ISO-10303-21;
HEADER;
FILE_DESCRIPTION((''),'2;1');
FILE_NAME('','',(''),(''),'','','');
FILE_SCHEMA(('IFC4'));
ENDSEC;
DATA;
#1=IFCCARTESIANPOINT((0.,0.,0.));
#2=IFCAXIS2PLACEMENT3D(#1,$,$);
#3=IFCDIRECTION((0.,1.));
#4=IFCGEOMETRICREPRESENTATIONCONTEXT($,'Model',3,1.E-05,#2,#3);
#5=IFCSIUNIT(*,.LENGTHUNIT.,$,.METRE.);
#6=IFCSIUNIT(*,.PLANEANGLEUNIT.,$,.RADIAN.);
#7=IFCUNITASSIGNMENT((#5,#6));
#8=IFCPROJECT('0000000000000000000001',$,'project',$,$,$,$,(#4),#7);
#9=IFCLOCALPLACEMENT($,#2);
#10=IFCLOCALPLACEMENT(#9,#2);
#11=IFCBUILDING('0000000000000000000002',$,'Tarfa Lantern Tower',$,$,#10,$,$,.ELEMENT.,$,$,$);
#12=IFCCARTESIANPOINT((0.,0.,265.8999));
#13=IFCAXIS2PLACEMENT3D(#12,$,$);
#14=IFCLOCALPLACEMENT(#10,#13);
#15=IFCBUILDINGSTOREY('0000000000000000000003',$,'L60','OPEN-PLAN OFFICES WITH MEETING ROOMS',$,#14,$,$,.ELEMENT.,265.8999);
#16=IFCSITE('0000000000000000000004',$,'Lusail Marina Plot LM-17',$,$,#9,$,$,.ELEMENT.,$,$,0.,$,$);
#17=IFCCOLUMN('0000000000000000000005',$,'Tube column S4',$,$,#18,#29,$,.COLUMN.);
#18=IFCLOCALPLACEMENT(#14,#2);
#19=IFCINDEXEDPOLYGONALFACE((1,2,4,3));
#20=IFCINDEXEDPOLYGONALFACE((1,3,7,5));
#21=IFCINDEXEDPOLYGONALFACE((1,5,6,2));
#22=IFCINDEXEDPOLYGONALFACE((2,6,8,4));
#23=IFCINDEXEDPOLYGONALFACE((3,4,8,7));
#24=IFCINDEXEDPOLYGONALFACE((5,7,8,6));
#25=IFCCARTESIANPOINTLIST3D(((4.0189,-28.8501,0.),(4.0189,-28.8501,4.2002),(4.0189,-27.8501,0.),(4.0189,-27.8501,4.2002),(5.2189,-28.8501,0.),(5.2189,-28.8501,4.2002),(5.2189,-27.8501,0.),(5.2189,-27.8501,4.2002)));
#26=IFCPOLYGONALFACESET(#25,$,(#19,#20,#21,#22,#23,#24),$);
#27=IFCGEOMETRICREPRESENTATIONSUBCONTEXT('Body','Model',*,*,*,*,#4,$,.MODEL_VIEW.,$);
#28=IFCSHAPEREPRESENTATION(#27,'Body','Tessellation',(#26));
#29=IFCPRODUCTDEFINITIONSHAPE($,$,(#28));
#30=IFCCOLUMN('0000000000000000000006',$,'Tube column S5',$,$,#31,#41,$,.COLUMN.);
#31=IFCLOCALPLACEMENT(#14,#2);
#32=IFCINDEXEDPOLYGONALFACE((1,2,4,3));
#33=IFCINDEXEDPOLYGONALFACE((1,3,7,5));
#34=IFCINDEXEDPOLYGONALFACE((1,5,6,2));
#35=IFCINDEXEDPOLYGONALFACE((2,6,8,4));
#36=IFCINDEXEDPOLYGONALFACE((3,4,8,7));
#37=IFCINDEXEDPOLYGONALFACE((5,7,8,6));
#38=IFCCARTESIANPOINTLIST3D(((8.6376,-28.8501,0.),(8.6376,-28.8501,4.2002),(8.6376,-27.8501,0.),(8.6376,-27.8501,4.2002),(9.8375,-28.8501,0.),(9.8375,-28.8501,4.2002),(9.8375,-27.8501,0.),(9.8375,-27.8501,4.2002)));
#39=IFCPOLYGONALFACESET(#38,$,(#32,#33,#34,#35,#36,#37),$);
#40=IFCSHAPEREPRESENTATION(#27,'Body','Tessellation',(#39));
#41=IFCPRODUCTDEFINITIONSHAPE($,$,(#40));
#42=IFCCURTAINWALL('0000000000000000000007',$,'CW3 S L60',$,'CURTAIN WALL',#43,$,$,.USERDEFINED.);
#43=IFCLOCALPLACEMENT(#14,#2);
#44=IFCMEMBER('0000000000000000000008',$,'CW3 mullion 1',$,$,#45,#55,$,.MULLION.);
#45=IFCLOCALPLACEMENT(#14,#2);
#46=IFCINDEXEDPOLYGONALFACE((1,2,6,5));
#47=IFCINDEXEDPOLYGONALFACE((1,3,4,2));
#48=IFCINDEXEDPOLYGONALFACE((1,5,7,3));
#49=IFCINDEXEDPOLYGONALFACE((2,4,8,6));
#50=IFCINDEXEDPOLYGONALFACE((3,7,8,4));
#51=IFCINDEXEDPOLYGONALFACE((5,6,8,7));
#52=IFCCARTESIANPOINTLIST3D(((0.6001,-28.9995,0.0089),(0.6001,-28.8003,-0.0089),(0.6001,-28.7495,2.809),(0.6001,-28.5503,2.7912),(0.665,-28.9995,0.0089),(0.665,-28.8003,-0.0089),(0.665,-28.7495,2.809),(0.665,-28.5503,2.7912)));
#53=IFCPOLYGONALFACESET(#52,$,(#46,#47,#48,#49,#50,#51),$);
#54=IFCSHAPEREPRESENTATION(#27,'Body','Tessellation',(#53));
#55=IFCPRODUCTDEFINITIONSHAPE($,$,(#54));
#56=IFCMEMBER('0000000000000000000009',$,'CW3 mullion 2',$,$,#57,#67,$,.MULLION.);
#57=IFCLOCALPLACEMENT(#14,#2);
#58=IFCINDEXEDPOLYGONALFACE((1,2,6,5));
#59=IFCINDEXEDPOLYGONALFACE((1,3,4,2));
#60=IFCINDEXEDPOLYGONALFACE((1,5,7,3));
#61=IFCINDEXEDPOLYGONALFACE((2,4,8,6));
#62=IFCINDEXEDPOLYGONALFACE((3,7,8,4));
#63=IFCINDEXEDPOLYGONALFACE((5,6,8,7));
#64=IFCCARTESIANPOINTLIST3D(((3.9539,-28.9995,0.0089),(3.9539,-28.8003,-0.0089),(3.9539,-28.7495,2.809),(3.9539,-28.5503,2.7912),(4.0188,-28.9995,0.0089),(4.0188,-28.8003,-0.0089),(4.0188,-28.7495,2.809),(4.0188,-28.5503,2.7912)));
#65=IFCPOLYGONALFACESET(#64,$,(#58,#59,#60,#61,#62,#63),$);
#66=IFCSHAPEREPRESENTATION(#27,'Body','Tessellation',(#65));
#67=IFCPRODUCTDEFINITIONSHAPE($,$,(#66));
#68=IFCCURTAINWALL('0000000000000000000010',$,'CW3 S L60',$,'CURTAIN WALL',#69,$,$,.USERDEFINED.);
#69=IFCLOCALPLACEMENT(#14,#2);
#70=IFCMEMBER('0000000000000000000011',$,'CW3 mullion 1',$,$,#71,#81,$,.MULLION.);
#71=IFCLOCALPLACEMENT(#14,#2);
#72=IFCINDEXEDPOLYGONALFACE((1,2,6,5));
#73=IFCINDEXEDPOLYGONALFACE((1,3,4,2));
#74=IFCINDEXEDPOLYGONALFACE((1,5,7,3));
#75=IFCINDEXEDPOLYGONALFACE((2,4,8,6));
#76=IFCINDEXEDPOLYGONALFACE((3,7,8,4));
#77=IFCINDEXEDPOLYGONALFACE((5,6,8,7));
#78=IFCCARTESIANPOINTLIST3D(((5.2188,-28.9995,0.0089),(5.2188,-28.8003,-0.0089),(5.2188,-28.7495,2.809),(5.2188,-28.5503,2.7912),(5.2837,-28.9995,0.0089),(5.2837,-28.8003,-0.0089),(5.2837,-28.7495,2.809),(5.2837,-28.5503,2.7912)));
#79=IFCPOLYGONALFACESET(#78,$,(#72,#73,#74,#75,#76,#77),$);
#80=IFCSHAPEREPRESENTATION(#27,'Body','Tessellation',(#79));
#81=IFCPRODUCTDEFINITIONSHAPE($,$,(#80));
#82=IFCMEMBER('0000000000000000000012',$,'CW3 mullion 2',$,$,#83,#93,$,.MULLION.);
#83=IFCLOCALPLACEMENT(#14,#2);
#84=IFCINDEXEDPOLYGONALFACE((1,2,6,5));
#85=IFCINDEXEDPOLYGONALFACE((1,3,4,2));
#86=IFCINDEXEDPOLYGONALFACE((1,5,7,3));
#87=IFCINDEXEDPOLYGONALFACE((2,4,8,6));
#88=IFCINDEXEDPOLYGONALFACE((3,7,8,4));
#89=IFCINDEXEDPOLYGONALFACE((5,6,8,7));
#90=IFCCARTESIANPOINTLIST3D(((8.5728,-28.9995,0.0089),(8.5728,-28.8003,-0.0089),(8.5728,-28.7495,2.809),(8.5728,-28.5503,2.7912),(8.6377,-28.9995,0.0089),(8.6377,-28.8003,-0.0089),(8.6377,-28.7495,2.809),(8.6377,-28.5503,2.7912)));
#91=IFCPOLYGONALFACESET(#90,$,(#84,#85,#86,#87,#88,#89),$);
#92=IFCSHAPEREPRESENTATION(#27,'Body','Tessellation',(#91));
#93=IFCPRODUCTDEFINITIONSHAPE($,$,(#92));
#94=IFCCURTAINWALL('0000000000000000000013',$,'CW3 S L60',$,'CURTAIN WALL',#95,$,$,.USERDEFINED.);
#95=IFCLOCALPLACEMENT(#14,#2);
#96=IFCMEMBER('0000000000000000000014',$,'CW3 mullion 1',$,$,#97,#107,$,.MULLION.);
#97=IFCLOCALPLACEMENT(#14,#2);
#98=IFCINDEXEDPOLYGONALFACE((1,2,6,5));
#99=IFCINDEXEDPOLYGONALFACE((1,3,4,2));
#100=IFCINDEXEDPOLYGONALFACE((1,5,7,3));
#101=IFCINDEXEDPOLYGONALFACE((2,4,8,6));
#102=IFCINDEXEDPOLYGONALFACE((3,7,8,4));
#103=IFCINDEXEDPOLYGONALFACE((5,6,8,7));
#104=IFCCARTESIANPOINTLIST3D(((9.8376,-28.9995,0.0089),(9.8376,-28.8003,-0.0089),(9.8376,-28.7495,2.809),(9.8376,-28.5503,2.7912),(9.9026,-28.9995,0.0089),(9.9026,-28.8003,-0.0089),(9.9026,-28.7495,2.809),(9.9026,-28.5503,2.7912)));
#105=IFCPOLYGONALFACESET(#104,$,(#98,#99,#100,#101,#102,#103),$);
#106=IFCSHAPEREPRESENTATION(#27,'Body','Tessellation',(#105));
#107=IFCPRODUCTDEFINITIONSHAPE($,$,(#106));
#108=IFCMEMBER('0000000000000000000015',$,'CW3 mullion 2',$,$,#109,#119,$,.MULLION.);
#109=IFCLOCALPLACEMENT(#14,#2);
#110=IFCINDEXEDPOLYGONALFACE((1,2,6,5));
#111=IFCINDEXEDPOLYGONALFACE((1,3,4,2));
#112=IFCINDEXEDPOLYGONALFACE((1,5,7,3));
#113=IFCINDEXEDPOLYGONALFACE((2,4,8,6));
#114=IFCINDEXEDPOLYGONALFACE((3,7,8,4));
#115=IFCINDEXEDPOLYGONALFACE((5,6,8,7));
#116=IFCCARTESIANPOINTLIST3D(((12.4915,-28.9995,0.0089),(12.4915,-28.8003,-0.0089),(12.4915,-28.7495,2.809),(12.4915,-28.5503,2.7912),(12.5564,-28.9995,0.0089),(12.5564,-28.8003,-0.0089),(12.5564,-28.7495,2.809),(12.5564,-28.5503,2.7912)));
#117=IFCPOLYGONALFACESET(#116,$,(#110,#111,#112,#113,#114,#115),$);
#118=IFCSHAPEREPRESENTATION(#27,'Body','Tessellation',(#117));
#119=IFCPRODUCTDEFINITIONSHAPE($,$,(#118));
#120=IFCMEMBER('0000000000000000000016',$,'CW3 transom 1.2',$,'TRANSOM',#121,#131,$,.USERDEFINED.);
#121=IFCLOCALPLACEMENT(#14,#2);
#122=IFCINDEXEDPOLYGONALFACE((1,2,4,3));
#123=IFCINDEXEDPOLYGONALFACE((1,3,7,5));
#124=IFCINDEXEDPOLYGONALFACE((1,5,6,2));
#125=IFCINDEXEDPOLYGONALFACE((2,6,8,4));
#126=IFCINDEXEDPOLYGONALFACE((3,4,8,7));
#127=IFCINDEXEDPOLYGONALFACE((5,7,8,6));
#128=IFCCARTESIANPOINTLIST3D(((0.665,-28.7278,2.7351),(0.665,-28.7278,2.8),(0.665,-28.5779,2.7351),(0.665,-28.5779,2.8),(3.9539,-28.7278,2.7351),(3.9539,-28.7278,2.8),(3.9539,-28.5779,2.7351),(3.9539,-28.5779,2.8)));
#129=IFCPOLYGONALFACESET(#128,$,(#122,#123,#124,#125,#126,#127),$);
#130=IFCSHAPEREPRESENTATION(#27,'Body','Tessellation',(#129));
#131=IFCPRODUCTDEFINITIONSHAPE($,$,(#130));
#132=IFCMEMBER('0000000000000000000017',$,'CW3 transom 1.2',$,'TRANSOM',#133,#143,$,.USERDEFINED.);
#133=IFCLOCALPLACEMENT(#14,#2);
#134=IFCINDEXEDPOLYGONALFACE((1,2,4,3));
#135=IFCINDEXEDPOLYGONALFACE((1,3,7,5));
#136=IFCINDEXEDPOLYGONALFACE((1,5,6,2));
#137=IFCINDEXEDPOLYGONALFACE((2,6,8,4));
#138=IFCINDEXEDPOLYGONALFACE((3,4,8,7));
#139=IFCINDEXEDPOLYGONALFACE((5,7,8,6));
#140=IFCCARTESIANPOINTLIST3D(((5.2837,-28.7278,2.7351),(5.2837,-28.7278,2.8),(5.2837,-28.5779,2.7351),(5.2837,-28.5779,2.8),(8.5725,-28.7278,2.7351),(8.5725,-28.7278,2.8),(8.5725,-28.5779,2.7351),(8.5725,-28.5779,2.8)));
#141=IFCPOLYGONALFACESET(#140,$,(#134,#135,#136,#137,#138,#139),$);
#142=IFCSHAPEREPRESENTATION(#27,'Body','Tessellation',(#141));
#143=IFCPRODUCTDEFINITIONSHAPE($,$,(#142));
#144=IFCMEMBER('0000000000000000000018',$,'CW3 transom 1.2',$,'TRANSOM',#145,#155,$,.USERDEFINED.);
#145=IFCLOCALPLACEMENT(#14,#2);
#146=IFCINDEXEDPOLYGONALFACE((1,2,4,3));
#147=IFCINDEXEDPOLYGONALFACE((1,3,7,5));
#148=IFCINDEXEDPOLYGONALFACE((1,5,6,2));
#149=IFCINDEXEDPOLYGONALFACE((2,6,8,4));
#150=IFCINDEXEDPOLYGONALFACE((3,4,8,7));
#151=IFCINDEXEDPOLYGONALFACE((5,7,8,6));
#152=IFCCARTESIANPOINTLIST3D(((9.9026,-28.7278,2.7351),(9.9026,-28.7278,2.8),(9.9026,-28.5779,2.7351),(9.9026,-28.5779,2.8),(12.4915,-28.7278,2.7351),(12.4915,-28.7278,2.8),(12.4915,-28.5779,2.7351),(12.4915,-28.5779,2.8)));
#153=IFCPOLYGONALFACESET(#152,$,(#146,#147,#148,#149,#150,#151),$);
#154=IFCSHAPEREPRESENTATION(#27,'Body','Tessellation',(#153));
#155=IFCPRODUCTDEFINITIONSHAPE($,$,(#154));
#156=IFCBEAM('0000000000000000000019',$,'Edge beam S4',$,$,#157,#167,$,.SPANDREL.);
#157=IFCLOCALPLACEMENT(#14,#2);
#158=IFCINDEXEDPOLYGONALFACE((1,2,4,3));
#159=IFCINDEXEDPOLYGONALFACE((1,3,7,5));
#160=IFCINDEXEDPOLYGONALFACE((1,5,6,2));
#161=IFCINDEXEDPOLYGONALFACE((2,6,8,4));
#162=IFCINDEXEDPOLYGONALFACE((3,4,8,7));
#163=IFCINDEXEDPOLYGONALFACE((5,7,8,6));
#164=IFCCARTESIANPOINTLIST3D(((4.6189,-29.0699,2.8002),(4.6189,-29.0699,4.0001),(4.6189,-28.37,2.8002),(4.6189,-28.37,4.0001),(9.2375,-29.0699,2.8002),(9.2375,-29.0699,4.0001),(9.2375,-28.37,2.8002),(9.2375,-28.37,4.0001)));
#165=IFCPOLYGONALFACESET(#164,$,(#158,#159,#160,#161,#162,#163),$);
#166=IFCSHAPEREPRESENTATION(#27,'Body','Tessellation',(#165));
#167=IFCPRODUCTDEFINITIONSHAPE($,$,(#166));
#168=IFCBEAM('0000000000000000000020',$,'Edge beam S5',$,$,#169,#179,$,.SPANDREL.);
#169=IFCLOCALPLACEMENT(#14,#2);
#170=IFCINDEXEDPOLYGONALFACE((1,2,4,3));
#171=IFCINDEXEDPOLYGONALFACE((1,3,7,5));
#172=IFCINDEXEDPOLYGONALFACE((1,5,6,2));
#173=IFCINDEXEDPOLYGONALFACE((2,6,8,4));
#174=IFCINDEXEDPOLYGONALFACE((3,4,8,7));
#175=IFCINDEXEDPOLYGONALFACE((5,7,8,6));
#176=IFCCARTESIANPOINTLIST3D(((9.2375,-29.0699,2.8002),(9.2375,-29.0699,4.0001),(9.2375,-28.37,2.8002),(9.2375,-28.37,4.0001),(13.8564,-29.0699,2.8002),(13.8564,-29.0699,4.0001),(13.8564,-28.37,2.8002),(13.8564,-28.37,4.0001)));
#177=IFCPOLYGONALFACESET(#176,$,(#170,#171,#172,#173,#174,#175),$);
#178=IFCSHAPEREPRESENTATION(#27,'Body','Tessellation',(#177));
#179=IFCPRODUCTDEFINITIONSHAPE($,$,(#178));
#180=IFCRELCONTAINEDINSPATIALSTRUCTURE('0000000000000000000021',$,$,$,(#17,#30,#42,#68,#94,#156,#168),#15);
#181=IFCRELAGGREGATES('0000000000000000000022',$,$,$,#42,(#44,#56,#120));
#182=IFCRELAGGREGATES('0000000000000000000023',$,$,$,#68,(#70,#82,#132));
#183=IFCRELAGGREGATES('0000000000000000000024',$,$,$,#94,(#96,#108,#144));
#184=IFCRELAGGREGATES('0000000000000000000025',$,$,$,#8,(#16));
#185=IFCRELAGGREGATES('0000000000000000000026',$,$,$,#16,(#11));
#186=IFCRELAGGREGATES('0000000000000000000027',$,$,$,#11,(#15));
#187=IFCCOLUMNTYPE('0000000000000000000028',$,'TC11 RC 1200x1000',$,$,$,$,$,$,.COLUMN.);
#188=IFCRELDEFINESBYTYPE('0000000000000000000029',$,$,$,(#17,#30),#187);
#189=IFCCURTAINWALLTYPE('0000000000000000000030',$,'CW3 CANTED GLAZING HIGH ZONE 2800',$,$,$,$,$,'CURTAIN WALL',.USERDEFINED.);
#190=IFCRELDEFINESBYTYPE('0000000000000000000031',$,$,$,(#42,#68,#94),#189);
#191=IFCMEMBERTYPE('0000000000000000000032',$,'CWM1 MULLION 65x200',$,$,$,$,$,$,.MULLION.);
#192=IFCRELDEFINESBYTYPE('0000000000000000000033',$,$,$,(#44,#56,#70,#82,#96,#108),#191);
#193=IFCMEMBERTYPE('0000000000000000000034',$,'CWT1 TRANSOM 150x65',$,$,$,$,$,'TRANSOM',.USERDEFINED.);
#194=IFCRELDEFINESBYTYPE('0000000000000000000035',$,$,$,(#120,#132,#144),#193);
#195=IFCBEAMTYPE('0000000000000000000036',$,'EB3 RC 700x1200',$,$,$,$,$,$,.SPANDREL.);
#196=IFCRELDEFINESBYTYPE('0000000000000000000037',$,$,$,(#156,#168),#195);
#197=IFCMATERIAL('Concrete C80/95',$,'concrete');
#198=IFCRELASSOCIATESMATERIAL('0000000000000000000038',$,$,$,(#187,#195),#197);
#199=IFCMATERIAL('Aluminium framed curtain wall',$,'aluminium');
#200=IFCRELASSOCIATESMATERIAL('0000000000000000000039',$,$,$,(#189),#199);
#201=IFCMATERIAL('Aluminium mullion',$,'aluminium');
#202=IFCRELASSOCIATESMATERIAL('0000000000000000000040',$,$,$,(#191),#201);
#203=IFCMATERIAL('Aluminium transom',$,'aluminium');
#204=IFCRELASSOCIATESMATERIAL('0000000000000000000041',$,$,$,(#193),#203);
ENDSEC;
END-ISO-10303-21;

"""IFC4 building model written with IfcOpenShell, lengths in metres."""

from ifc_helpers import new_model, si_unit, direction, frame, origin, origin_2d, place, context, subcontext, project, spatial, rectangle, extrude, material, material_profile, profile_set, type_object, element, aggregate, save


model = new_model("IFC4")

# Units and contexts
model_context = context("Model", 3, precision=1e-05, world=origin(), true_north=direction((0.0, 1.0)))
body_context = subcontext(model_context, "Body", "Model", "MODEL_VIEW")
ifc_project = project(units=[si_unit("LENGTHUNIT", "METRE"), si_unit("PLANEANGLEUNIT", "RADIAN")], contexts=[model_context])

# Site, building, storey
site_placement = place(None, origin())
site = spatial("IfcSite", under=ifc_project, at=site_placement, Name="Lusail Marina Plot LM-17", CompositionType="ELEMENT", RefElevation=0.0)
building_placement = place(site_placement, origin())
building = spatial("IfcBuilding", under=site, at=building_placement, Name="Tarfa Lantern Tower", CompositionType="ELEMENT")
storey_placement = place(building_placement, frame((0.0, 0.0, 265.8999)))
storey = spatial("IfcBuildingStorey", under=building, at=storey_placement, Name="L60", Description="OPEN-PLAN OFFICES WITH MEETING ROOMS", CompositionType="ELEMENT", Elevation=265.8999)

# Columns
ifc_material_1 = material(Name="Concrete C80/95", Category="concrete")
ifc_material_profile_1 = material_profile(ifc_material_1, rectangle(XDim=1.2, YDim=1.0, at=origin_2d()), Name="RC 1200x1000")
ifc_profile_set_1 = profile_set([ifc_material_profile_1], Name="Concrete C80/95")
column_type = type_object("IfcColumnType", Name="TC11 RC 1200x1000", PredefinedType="COLUMN", material=ifc_profile_set_1)
for number, where, z_axis, x_axis, name in (
    (1, (4.6189, -28.3501, 0.0), (0.0, 0.0, 1.0), (1.0, 0.0, 0.0), "Tube column S4"),
    (2, (9.2375, -28.3501, 0.0), (0.0, 0.0, 1.0), (1.0, 0.0, 0.0), "Tube column S5"),
):
    element("IfcColumn", number, at=place(storey_placement, frame(where, z_axis=z_axis, x_axis=x_axis)), inside=storey, type_object=column_type, Name=name, PredefinedType="COLUMN", context=body_context, shape_type="SweptSolid", body=[
        extrude(rectangle(XDim=1.2, YDim=1.0, at=origin_2d()), origin(), (0.0, 0.0, 1.0), 4.2002),
    ])

# Curtain walls, members
ifc_material_2 = material(Name="Aluminium framed curtain wall", Category="aluminium")
curtain_wall_type = type_object("IfcCurtainWallType", Name="CW3 CANTED GLAZING HIGH ZONE 2800", ElementType="CURTAIN WALL", PredefinedType="USERDEFINED", material=ifc_material_2)
curtain_wall_1_placement = place(storey_placement, origin())
curtain_wall_1 = element("IfcCurtainWall", 3, at=curtain_wall_1_placement, inside=storey, type_object=curtain_wall_type, Name="CW3 S L60", ObjectType="CURTAIN WALL", PredefinedType="USERDEFINED")
ifc_material_3 = material(Name="Aluminium mullion", Category="aluminium")
ifc_material_profile_2 = material_profile(ifc_material_3, rectangle(XDim=0.0649, YDim=0.2, at=origin_2d()), Name="AL MULLION 65x200")
ifc_profile_set_2 = profile_set([ifc_material_profile_2], Name="Aluminium mullion")
member_type_1 = type_object("IfcMemberType", Name="CWM1 MULLION 65x200", PredefinedType="MULLION", material=ifc_profile_set_2)
member_1_placement = place(storey_placement, frame((0.6326, -28.8999, 0.0), z_axis=(0.0, 0.08893, 0.996038), x_axis=(-1.0, 0.0, 0.0)))
member_1 = element("IfcMember", 4, at=member_1_placement, type_object=member_type_1, Name="CW3 mullion 1", PredefinedType="MULLION", context=body_context, shape_type="SweptSolid", body=[
    extrude(rectangle(XDim=0.0649, YDim=0.2, at=origin_2d()), origin(), (0.0, 0.0, 1.0), 2.8113),
])
member_2_placement = place(storey_placement, frame((3.9863, -28.8999, 0.0), z_axis=(0.0, 0.08893, 0.996038), x_axis=(-1.0, 0.0, 0.0)))
member_2 = element("IfcMember", 5, at=member_2_placement, type_object=member_type_1, Name="CW3 mullion 2", PredefinedType="MULLION", context=body_context, shape_type="SweptSolid", body=[
    extrude(rectangle(XDim=0.0649, YDim=0.2, at=origin_2d()), origin(), (0.0, 0.0, 1.0), 2.8113),
])
curtain_wall_2_placement = place(storey_placement, origin())
curtain_wall_2 = element("IfcCurtainWall", 6, at=curtain_wall_2_placement, inside=storey, type_object=curtain_wall_type, Name="CW3 S L60", ObjectType="CURTAIN WALL", PredefinedType="USERDEFINED")
member_3_placement = place(storey_placement, frame((5.2512, -28.8999, 0.0), z_axis=(0.0, 0.08893, 0.996038), x_axis=(-1.0, 0.0, 0.0)))
member_3 = element("IfcMember", 7, at=member_3_placement, type_object=member_type_1, Name="CW3 mullion 1", PredefinedType="MULLION", context=body_context, shape_type="SweptSolid", body=[
    extrude(rectangle(XDim=0.0649, YDim=0.2, at=origin_2d()), origin(), (0.0, 0.0, 1.0), 2.8113),
])
member_4_placement = place(storey_placement, frame((8.6052, -28.8999, 0.0), z_axis=(0.0, 0.08893, 0.996038), x_axis=(-1.0, 0.0, 0.0)))
member_4 = element("IfcMember", 8, at=member_4_placement, type_object=member_type_1, Name="CW3 mullion 2", PredefinedType="MULLION", context=body_context, shape_type="SweptSolid", body=[
    extrude(rectangle(XDim=0.0649, YDim=0.2, at=origin_2d()), origin(), (0.0, 0.0, 1.0), 2.8113),
])
curtain_wall_3_placement = place(storey_placement, origin())
curtain_wall_3 = element("IfcCurtainWall", 9, at=curtain_wall_3_placement, inside=storey, type_object=curtain_wall_type, Name="CW3 S L60", ObjectType="CURTAIN WALL", PredefinedType="USERDEFINED")
member_5_placement = place(storey_placement, frame((9.8701, -28.8999, 0.0), z_axis=(0.0, 0.08893, 0.996038), x_axis=(-1.0, 0.0, 0.0)))
member_5 = element("IfcMember", 10, at=member_5_placement, type_object=member_type_1, Name="CW3 mullion 1", PredefinedType="MULLION", context=body_context, shape_type="SweptSolid", body=[
    extrude(rectangle(XDim=0.0649, YDim=0.2, at=origin_2d()), origin(), (0.0, 0.0, 1.0), 2.8113),
])
member_6_placement = place(storey_placement, frame((12.5239, -28.8999, 0.0), z_axis=(0.0, 0.08893, 0.996038), x_axis=(-1.0, 0.0, 0.0)))
member_6 = element("IfcMember", 11, at=member_6_placement, type_object=member_type_1, Name="CW3 mullion 2", PredefinedType="MULLION", context=body_context, shape_type="SweptSolid", body=[
    extrude(rectangle(XDim=0.0649, YDim=0.2, at=origin_2d()), origin(), (0.0, 0.0, 1.0), 2.8113),
])

# Members
ifc_material_4 = material(Name="Aluminium transom", Category="aluminium")
ifc_material_profile_3 = material_profile(ifc_material_4, rectangle(XDim=0.1499, YDim=0.0649, at=origin_2d()), Name="AL TRANSOM 150x65")
ifc_profile_set_3 = profile_set([ifc_material_profile_3], Name="Aluminium transom")
member_type_2 = type_object("IfcMemberType", Name="CWT1 TRANSOM 150x65", ElementType="TRANSOM", PredefinedType="USERDEFINED", material=ifc_profile_set_3)
member_7_placement = place(storey_placement, frame((0.665, -28.6528, 2.7676), z_axis=(1.0, 0.0, 0.0), x_axis=(0.0, 1.0, 0.0)))
member_7 = element("IfcMember", 12, at=member_7_placement, type_object=member_type_2, Name="CW3 transom 1.2", ObjectType="TRANSOM", PredefinedType="USERDEFINED", context=body_context, shape_type="SweptSolid", body=[
    extrude(rectangle(XDim=0.1499, YDim=0.0649, at=origin_2d()), origin(), (0.0, 0.0, 1.0), 3.2888),
])
member_8_placement = place(storey_placement, frame((5.2837, -28.6528, 2.7676), z_axis=(1.0, 0.0, 0.0), x_axis=(0.0, 1.0, 0.0)))
member_8 = element("IfcMember", 13, at=member_8_placement, type_object=member_type_2, Name="CW3 transom 1.2", ObjectType="TRANSOM", PredefinedType="USERDEFINED", context=body_context, shape_type="SweptSolid", body=[
    extrude(rectangle(XDim=0.1499, YDim=0.0649, at=origin_2d()), origin(), (0.0, 0.0, 1.0), 3.2888),
])
member_9_placement = place(storey_placement, frame((9.9026, -28.6528, 2.7676), z_axis=(1.0, 0.0, 0.0), x_axis=(0.0, 1.0, 0.0)))
member_9 = element("IfcMember", 14, at=member_9_placement, type_object=member_type_2, Name="CW3 transom 1.2", ObjectType="TRANSOM", PredefinedType="USERDEFINED", context=body_context, shape_type="SweptSolid", body=[
    extrude(rectangle(XDim=0.1499, YDim=0.0649, at=origin_2d()), origin(), (0.0, 0.0, 1.0), 2.5889),
])

# Beams
ifc_material_profile_4 = material_profile(ifc_material_1, rectangle(XDim=0.7, YDim=1.2, at=origin_2d()), Name="RC 700x1200")
ifc_profile_set_4 = profile_set([ifc_material_profile_4], Name="Concrete C80/95")
beam_type_1 = type_object("IfcBeamType", Name="EB3 RC 700x1200", PredefinedType="SPANDREL", material=ifc_profile_set_4)
beam_1_placement = place(storey_placement, frame((4.6189, -28.72, 3.4001), z_axis=(1.0, 0.0, 0.0), x_axis=(0.0, 1.0, 0.0)))
element("IfcBeam", 15, at=beam_1_placement, inside=storey, type_object=beam_type_1, Name="Edge beam S4", PredefinedType="SPANDREL", context=body_context, shape_type="SweptSolid", body=[
    extrude(rectangle(XDim=0.7, YDim=1.2, at=origin_2d()), origin(), (0.0, 0.0, 1.0), 4.6187),
])
beam_2_placement = place(storey_placement, frame((9.2375, -28.72, 3.4001), z_axis=(1.0, 0.0, 0.0), x_axis=(0.0, 1.0, 0.0)))
element("IfcBeam", 16, at=beam_2_placement, inside=storey, type_object=beam_type_1, Name="Edge beam S5", PredefinedType="SPANDREL", context=body_context, shape_type="SweptSolid", body=[
    extrude(rectangle(XDim=0.7, YDim=1.2, at=origin_2d()), origin(), (0.0, 0.0, 1.0), 4.6189),
])

aggregate(curtain_wall_1, [member_1, member_2, member_7])
aggregate(curtain_wall_2, [member_3, member_4, member_8])
aggregate(curtain_wall_3, [member_5, member_6, member_9])

save(model, "model.ifc")
